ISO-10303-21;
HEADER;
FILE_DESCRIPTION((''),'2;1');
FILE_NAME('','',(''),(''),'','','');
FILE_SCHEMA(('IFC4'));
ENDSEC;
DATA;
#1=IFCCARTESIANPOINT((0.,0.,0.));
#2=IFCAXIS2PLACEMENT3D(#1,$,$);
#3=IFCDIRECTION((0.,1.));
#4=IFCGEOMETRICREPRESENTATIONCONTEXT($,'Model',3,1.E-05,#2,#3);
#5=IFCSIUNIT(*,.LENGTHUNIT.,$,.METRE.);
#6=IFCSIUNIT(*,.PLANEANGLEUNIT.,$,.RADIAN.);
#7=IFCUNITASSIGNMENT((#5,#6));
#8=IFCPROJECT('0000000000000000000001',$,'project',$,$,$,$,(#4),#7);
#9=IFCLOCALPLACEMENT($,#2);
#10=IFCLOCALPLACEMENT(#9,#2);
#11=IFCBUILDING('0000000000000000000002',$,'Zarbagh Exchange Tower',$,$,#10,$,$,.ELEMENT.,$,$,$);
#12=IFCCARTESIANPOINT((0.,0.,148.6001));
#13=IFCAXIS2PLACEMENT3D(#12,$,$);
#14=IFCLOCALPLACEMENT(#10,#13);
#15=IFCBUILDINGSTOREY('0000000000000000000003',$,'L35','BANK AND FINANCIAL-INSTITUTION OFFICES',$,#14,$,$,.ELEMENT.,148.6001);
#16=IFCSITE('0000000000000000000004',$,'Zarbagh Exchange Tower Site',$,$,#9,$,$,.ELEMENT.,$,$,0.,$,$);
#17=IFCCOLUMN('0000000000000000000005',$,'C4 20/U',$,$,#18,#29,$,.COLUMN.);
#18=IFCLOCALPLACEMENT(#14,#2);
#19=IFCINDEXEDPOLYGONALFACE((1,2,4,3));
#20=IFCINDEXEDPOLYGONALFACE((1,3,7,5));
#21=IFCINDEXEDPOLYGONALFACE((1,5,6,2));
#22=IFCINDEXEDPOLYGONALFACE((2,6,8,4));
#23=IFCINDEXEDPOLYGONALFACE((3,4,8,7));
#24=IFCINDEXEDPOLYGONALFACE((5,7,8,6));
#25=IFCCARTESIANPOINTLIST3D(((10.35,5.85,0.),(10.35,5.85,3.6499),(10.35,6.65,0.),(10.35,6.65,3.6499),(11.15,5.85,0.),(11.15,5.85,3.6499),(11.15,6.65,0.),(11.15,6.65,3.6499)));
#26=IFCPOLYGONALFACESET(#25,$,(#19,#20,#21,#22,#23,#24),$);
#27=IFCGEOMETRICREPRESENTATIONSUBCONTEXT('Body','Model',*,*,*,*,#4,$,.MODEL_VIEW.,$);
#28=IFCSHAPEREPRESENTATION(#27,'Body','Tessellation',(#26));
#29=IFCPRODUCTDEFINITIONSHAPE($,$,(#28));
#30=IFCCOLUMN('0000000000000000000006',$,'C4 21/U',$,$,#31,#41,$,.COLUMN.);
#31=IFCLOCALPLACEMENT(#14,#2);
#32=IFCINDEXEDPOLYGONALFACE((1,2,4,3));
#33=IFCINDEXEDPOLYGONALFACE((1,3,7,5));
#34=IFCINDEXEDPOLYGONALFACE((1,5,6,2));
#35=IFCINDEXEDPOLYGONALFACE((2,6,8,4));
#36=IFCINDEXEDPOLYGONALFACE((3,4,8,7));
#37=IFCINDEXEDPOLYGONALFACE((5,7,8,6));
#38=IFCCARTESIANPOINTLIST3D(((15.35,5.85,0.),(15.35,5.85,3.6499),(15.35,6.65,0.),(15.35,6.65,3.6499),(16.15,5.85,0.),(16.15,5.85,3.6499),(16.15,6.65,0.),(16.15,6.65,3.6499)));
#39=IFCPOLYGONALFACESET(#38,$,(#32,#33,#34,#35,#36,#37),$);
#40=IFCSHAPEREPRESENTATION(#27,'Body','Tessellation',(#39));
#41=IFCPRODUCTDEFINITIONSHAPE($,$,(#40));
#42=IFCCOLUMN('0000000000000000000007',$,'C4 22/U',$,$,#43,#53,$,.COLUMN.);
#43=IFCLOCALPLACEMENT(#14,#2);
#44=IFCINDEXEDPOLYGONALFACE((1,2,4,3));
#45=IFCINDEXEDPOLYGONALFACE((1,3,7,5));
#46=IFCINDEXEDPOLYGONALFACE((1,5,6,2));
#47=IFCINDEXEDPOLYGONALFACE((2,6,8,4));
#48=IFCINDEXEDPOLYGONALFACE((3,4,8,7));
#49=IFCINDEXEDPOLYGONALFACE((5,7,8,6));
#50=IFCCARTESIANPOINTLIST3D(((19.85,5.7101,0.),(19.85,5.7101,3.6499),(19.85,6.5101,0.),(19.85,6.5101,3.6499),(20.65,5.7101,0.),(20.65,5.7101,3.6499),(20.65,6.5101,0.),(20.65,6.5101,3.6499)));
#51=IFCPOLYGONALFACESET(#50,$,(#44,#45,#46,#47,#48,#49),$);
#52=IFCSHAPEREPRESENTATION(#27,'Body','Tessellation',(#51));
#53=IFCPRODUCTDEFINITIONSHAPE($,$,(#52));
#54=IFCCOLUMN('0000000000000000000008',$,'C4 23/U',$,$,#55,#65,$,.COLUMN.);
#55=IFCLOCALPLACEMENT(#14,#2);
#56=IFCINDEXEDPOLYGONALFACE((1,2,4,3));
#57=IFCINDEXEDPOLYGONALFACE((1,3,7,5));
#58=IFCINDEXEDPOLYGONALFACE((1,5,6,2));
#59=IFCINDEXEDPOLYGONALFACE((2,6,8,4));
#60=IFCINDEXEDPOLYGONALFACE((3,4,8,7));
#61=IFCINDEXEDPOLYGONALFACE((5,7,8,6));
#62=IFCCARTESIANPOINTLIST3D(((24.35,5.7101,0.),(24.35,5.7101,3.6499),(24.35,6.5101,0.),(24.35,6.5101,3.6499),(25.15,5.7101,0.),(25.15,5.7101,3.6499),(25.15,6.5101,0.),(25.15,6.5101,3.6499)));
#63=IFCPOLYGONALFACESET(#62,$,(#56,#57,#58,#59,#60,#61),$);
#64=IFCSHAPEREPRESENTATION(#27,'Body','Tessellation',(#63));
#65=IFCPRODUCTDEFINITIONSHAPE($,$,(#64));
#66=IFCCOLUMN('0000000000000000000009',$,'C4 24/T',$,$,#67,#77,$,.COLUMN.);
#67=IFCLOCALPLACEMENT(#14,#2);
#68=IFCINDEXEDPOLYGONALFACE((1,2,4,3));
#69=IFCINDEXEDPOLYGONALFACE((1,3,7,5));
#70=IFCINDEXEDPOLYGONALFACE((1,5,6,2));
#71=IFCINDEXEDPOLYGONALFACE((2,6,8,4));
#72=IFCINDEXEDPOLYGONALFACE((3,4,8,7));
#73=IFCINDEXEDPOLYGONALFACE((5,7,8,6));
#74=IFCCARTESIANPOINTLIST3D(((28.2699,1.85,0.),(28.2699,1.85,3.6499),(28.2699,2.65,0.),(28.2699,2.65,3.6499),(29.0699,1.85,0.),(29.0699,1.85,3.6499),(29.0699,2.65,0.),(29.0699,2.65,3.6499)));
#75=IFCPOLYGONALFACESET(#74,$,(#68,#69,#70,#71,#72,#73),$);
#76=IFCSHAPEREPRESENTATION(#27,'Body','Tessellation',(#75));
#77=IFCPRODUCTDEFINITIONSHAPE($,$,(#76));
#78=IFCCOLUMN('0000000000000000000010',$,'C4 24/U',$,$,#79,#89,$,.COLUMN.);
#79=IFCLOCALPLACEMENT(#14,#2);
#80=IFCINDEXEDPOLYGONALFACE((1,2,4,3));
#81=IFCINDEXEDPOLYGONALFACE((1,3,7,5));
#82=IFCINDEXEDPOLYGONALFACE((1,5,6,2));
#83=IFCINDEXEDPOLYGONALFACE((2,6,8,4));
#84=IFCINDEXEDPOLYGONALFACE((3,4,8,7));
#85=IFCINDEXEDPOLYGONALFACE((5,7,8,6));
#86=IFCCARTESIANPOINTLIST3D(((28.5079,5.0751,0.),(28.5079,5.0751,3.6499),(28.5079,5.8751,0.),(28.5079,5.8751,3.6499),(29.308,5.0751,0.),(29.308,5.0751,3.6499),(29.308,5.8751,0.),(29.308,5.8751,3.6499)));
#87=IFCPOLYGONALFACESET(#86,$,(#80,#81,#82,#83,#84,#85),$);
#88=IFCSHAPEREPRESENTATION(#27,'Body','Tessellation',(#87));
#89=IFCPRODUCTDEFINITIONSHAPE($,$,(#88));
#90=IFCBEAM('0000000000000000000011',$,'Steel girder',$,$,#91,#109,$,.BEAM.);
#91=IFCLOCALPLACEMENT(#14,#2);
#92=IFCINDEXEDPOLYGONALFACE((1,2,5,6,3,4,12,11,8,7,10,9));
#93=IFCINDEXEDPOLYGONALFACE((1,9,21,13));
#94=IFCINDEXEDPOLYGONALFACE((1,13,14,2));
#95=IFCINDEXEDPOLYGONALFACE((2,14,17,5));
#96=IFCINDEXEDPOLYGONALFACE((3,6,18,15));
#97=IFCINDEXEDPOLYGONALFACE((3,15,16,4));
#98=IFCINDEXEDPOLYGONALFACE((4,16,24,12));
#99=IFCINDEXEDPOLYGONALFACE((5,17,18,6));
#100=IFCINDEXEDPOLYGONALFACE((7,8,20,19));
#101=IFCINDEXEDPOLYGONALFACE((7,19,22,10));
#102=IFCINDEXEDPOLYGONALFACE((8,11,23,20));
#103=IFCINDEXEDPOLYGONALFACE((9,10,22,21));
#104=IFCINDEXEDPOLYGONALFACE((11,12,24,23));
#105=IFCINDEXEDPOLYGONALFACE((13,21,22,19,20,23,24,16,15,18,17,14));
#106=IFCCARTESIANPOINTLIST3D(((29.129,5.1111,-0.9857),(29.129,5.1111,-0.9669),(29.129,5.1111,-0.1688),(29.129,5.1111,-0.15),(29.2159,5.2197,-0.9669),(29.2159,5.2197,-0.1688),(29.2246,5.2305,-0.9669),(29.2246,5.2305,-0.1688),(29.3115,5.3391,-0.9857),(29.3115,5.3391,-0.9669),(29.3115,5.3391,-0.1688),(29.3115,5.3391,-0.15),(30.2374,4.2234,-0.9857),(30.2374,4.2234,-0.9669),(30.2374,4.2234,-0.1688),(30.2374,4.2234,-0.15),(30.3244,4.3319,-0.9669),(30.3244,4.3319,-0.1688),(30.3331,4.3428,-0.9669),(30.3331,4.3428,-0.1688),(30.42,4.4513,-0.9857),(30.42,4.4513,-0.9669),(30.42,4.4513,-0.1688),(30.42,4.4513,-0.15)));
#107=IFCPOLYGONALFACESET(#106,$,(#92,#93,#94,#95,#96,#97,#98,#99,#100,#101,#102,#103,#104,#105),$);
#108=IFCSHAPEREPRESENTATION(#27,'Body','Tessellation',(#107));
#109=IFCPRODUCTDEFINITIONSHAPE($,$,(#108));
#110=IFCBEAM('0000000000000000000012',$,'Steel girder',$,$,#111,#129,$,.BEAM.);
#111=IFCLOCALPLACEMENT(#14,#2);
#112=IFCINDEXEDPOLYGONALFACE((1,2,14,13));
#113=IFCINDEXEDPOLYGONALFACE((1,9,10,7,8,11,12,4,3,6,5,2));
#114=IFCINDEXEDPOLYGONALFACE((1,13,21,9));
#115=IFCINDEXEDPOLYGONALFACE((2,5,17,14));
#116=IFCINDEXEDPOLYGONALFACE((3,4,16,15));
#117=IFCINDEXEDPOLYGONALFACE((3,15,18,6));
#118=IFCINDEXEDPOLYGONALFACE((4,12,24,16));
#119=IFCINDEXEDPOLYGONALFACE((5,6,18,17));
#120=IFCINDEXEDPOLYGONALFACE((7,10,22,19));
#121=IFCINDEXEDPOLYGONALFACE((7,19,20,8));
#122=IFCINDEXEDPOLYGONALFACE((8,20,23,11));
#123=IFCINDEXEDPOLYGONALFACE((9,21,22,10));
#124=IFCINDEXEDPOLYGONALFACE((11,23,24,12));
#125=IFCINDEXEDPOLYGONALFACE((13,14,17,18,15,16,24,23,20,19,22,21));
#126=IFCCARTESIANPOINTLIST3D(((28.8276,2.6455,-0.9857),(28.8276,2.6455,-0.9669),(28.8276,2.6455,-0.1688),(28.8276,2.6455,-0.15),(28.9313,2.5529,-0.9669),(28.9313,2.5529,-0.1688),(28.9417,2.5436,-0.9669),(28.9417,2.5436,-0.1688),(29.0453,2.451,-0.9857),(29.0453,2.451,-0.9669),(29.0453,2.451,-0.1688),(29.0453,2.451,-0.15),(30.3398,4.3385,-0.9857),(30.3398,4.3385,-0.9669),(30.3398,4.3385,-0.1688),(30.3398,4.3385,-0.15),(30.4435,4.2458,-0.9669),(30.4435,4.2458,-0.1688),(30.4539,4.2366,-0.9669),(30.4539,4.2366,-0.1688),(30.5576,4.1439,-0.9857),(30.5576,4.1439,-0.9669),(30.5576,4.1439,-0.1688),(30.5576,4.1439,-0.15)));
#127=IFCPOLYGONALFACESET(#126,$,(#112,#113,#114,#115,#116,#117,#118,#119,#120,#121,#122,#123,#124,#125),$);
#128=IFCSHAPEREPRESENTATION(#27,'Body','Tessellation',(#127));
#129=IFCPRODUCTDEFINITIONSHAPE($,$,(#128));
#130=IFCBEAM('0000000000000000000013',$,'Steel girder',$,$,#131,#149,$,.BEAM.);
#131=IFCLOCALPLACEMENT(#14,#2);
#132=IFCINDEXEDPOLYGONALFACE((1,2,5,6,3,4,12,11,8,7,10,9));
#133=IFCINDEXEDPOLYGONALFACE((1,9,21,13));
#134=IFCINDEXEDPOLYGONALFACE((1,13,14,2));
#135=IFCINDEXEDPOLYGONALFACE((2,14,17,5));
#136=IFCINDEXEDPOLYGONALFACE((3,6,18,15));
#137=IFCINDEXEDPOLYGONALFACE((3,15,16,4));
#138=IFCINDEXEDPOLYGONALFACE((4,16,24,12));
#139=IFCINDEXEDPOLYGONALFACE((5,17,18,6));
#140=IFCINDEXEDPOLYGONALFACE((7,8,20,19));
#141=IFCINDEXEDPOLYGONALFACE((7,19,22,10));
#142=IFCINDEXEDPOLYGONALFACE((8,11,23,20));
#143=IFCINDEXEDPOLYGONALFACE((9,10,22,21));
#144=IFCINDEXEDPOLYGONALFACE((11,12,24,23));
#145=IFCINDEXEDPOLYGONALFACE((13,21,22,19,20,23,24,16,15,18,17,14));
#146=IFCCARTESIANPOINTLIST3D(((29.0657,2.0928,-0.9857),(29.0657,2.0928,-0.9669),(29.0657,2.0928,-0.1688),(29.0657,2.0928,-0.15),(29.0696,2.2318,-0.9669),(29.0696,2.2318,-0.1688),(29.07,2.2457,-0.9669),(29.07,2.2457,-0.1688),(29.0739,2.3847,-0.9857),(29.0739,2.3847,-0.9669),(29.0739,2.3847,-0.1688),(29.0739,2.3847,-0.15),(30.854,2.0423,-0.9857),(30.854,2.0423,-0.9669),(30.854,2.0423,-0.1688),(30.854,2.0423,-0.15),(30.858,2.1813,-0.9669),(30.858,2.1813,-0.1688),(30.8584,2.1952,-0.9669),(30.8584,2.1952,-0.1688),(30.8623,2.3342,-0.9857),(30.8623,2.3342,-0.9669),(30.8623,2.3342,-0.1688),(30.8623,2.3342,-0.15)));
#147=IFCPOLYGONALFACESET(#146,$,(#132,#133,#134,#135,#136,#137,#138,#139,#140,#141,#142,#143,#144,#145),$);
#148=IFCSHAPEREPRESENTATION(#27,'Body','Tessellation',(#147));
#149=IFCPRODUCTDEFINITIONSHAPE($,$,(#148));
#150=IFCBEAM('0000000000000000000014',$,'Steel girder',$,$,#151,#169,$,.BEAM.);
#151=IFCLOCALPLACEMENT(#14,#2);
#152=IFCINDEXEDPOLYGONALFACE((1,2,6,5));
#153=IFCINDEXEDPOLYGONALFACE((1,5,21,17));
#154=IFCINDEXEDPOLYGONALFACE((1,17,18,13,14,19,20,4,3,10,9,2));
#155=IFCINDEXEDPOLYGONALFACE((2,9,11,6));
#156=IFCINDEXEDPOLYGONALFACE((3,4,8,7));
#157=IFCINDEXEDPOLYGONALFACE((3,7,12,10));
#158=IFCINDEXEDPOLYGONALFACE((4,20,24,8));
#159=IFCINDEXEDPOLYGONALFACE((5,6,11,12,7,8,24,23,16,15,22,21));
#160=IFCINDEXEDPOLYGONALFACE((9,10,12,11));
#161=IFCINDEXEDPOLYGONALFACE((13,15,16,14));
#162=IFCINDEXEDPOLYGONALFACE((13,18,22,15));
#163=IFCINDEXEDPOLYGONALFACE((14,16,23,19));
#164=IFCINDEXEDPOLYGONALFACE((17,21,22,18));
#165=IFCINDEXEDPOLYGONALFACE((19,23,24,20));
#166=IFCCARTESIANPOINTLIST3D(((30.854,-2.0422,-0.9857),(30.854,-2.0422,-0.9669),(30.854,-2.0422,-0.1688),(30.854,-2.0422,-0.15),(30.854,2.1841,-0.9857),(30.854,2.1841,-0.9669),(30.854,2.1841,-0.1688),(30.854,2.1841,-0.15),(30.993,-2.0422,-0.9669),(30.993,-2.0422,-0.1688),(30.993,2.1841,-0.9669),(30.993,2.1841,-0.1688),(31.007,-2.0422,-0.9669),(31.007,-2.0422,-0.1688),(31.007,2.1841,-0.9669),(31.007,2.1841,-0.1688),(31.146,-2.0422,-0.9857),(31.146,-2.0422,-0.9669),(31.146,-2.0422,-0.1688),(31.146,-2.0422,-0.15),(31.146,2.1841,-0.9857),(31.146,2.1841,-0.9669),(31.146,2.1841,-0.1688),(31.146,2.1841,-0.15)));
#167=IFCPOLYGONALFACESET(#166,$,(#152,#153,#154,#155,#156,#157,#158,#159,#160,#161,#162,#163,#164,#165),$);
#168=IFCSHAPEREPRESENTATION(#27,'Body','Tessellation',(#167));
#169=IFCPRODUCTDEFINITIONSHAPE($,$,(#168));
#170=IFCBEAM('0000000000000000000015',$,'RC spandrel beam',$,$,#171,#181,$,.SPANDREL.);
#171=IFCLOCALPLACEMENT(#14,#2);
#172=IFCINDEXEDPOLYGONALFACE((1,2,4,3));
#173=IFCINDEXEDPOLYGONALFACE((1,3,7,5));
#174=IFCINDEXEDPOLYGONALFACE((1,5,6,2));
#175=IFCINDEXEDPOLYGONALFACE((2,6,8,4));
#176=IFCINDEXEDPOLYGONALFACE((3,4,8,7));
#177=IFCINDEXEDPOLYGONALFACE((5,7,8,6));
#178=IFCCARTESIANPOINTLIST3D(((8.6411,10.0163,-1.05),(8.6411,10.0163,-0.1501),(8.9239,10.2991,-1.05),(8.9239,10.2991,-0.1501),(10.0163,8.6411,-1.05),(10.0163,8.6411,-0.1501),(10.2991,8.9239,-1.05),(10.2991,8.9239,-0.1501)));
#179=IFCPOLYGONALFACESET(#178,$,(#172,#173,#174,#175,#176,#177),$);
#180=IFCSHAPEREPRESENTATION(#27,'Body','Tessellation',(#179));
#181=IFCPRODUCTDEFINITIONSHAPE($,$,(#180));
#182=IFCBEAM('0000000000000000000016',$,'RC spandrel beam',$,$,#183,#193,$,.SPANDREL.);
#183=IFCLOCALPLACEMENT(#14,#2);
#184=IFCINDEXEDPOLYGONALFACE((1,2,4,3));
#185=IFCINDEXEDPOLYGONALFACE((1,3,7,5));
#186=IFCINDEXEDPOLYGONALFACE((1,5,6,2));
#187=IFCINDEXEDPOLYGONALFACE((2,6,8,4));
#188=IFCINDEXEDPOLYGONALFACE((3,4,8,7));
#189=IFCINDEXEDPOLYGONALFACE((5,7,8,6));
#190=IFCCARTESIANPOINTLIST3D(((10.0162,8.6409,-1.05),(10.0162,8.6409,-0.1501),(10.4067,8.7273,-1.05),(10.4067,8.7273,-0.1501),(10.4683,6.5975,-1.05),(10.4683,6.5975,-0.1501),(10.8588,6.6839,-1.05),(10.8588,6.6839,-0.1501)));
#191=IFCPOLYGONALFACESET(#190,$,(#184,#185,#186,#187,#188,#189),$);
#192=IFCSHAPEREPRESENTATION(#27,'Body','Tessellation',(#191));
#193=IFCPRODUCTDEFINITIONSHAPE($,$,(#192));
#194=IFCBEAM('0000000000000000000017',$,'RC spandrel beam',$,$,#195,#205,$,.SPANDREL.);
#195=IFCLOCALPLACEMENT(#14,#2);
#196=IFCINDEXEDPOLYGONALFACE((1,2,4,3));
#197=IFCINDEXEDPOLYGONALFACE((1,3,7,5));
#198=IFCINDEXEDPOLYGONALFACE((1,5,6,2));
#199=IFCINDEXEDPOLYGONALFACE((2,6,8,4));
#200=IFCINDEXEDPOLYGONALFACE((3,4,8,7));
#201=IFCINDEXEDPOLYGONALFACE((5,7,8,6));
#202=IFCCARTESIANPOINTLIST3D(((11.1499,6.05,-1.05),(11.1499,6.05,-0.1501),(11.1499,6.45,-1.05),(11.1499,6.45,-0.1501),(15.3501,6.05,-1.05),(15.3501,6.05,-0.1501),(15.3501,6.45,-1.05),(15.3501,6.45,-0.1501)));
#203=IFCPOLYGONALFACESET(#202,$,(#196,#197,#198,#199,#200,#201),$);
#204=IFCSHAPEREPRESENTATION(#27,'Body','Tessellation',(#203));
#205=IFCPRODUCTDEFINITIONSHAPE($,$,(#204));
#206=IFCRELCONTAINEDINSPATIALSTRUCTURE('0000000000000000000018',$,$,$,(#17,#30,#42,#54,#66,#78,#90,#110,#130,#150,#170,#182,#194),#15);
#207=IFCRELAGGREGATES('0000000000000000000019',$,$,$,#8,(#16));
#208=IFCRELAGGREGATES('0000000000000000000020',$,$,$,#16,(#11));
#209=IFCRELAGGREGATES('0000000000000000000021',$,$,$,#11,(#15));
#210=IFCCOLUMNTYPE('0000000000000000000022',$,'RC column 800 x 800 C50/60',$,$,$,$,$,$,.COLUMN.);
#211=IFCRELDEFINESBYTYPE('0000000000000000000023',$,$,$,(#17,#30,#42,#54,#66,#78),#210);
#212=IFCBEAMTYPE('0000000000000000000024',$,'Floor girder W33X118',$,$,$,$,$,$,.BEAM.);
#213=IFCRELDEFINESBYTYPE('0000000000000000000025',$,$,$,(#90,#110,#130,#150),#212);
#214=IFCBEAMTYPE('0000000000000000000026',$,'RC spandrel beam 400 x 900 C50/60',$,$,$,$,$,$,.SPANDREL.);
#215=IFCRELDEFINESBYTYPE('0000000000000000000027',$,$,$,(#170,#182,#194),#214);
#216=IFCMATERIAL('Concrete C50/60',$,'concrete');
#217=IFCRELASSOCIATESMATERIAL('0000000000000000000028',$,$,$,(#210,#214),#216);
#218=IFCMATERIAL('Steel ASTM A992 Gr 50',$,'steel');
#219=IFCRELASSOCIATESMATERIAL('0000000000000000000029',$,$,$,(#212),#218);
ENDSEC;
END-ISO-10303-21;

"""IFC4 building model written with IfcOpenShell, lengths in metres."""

from ifc_helpers import new_model, si_unit, direction, frame, origin, origin_2d, place, context, subcontext, project, spatial, rectangle, i_section, extrude, material, material_profile, profile_set, type_object, element, save


model = new_model("IFC4")

# Units and contexts
model_context = context("Model", 3, precision=1e-05, world=origin(), true_north=direction((0.0, 1.0)))
body_context = subcontext(model_context, "Body", "Model", "MODEL_VIEW")
ifc_project = project(units=[si_unit("LENGTHUNIT", "METRE"), si_unit("PLANEANGLEUNIT", "RADIAN")], contexts=[model_context])

# Site, building, storey
site_placement = place(None, origin())
site = spatial("IfcSite", under=ifc_project, at=site_placement, Name="Zarbagh Exchange Tower Site", CompositionType="ELEMENT", RefElevation=0.0)
building_placement = place(site_placement, origin())
building = spatial("IfcBuilding", under=site, at=building_placement, Name="Zarbagh Exchange Tower", CompositionType="ELEMENT")
storey_placement = place(building_placement, frame((0.0, 0.0, 148.6001)))
storey = spatial("IfcBuildingStorey", under=building, at=storey_placement, Name="L35", Description="BANK AND FINANCIAL-INSTITUTION OFFICES", CompositionType="ELEMENT", Elevation=148.6001)

# Columns
ifc_material_1 = material(Name="Concrete C50/60", Category="concrete")
ifc_material_profile_1 = material_profile(ifc_material_1, rectangle(XDim=0.8, YDim=0.8, at=origin_2d()), Name="RC column 800 x 800 C50/60")
ifc_profile_set_1 = profile_set([ifc_material_profile_1], Name="Concrete C50/60")
column_type = type_object("IfcColumnType", Name="RC column 800 x 800 C50/60", PredefinedType="COLUMN", material=ifc_profile_set_1)
for number, where, z_axis, x_axis, name in (
    (1, (10.75, 6.25, 0.0), (0.0, 0.0, 1.0), (1.0, 0.0, 0.0), "C4 20/U"),
    (2, (15.75, 6.25, 0.0), (0.0, 0.0, 1.0), (1.0, 0.0, 0.0), "C4 21/U"),
    (3, (20.25, 6.1101, 0.0), (0.0, 0.0, 1.0), (1.0, 0.0, 0.0), "C4 22/U"),
    (4, (24.75, 6.1101, 0.0), (0.0, 0.0, 1.0), (1.0, 0.0, 0.0), "C4 23/U"),
    (5, (28.6699, 2.25, 0.0), (0.0, 0.0, 1.0), (1.0, 0.0, 0.0), "C4 24/T"),
    (6, (28.908, 5.4751, 0.0), (0.0, 0.0, 1.0), (1.0, 0.0, 0.0), "C4 24/U"),
):
    element("IfcColumn", number, at=place(storey_placement, frame(where, z_axis=z_axis, x_axis=x_axis)), inside=storey, type_object=column_type, Name=name, PredefinedType="COLUMN", context=body_context, shape_type="SweptSolid", body=[
        extrude(rectangle(XDim=0.8, YDim=0.8, at=origin_2d()), origin(), (0.0, 0.0, 1.0), 3.6499),
    ])

# Beams
ifc_material_2 = material(Name="Steel ASTM A992 Gr 50", Category="steel")
ifc_material_profile_2 = material_profile(ifc_material_2, i_section(OverallWidth=0.292, OverallDepth=0.8357, WebThickness=0.0139, FlangeThickness=0.0188, at=origin_2d()), Name="W33X118")
ifc_profile_set_2 = profile_set([ifc_material_profile_2], Name="Steel ASTM A992 Gr 50")
beam_type_1 = type_object("IfcBeamType", Name="Floor girder W33X118", PredefinedType="BEAM", material=ifc_profile_set_2)
beam_1_placement = place(storey_placement, frame((29.2202, 5.2251, -0.5679), z_axis=(0.780533, -0.625114, 0.0), x_axis=(0.625114, 0.780533, 0.0)))
element("IfcBeam", 7, at=beam_1_placement, inside=storey, type_object=beam_type_1, Name="Steel girder", PredefinedType="BEAM", context=body_context, shape_type="SweptSolid", body=[
    extrude(i_section(OverallWidth=0.292, OverallDepth=0.8357, WebThickness=0.0139, FlangeThickness=0.0188, at=origin_2d()), origin(), (0.0, 0.0, 1.0), 1.4202),
])
beam_2_placement = place(storey_placement, frame((30.4487, 4.2412, -0.5679), z_axis=(-0.666191, -0.745781, 0.0), x_axis=(0.745781, -0.666191, 0.0)))
element("IfcBeam", 8, at=beam_2_placement, inside=storey, type_object=beam_type_1, Name="Steel girder", PredefinedType="BEAM", context=body_context, shape_type="SweptSolid", body=[
    extrude(i_section(OverallWidth=0.292, OverallDepth=0.8357, WebThickness=0.0139, FlangeThickness=0.0188, at=origin_2d()), origin(), (0.0, 0.0, 1.0), 2.27),
])
beam_3_placement = place(storey_placement, frame((29.0698, 2.2388, -0.5679), z_axis=(0.999601, -0.028248, 0.0), x_axis=(0.028248, 0.999601, 0.0)))
element("IfcBeam", 9, at=beam_3_placement, inside=storey, type_object=beam_type_1, Name="Steel girder", PredefinedType="BEAM", context=body_context, shape_type="SweptSolid", body=[
    extrude(i_section(OverallWidth=0.292, OverallDepth=0.8357, WebThickness=0.0139, FlangeThickness=0.0188, at=origin_2d()), origin(), (0.0, 0.0, 1.0), 1.7891),
])
beam_4_placement = place(storey_placement, frame((31.0, 2.1841, -0.5679), z_axis=(0.0, -1.0, 0.0), x_axis=(1.0, 0.0, 0.0)))
element("IfcBeam", 10, at=beam_4_placement, inside=storey, type_object=beam_type_1, Name="Steel girder", PredefinedType="BEAM", context=body_context, shape_type="SweptSolid", body=[
    extrude(i_section(OverallWidth=0.292, OverallDepth=0.8357, WebThickness=0.0139, FlangeThickness=0.0188, at=origin_2d()), origin(), (0.0, 0.0, 1.0), 4.2263),
])
ifc_material_profile_3 = material_profile(ifc_material_1, rectangle(XDim=0.3999, YDim=0.8999, at=origin_2d()), Name="RC spandrel beam 400 x 900 C50/60")
ifc_profile_set_3 = profile_set([ifc_material_profile_3], Name="Concrete C50/60")
beam_type_2 = type_object("IfcBeamType", Name="RC spandrel beam 400 x 900 C50/60", PredefinedType="SPANDREL", material=ifc_profile_set_3)
beam_5_placement = place(storey_placement, frame((8.7825, 10.1577, -0.6001), z_axis=(0.707107, -0.707107, 0.0), x_axis=(0.707107, 0.707107, 0.0)))
element("IfcBeam", 11, at=beam_5_placement, inside=storey, type_object=beam_type_2, Name="RC spandrel beam", PredefinedType="SPANDREL", context=body_context, shape_type="SweptSolid", body=[
    extrude(rectangle(XDim=0.3999, YDim=0.8999, at=origin_2d()), origin(), (0.0, 0.0, 1.0), 1.9448),
])
beam_6_placement = place(storey_placement, frame((10.2114, 8.6841, -0.6001), z_axis=(0.216041, -0.976384, 0.0), x_axis=(0.976384, 0.216041, 0.0)))
element("IfcBeam", 12, at=beam_6_placement, inside=storey, type_object=beam_type_2, Name="RC spandrel beam", PredefinedType="SPANDREL", context=body_context, shape_type="SweptSolid", body=[
    extrude(rectangle(XDim=0.3999, YDim=0.8999, at=origin_2d()), origin(), (0.0, 0.0, 1.0), 2.0928),
])
beam_7_placement = place(storey_placement, frame((11.1499, 6.25, -0.6001), z_axis=(1.0, 0.0, 0.0), x_axis=(0.0, 1.0, 0.0)))
element("IfcBeam", 13, at=beam_7_placement, inside=storey, type_object=beam_type_2, Name="RC spandrel beam", PredefinedType="SPANDREL", context=body_context, shape_type="SweptSolid", body=[
    extrude(rectangle(XDim=0.3999, YDim=0.8999, at=origin_2d()), origin(), (0.0, 0.0, 1.0), 4.2002),
])

save(model, "model.ifc")
